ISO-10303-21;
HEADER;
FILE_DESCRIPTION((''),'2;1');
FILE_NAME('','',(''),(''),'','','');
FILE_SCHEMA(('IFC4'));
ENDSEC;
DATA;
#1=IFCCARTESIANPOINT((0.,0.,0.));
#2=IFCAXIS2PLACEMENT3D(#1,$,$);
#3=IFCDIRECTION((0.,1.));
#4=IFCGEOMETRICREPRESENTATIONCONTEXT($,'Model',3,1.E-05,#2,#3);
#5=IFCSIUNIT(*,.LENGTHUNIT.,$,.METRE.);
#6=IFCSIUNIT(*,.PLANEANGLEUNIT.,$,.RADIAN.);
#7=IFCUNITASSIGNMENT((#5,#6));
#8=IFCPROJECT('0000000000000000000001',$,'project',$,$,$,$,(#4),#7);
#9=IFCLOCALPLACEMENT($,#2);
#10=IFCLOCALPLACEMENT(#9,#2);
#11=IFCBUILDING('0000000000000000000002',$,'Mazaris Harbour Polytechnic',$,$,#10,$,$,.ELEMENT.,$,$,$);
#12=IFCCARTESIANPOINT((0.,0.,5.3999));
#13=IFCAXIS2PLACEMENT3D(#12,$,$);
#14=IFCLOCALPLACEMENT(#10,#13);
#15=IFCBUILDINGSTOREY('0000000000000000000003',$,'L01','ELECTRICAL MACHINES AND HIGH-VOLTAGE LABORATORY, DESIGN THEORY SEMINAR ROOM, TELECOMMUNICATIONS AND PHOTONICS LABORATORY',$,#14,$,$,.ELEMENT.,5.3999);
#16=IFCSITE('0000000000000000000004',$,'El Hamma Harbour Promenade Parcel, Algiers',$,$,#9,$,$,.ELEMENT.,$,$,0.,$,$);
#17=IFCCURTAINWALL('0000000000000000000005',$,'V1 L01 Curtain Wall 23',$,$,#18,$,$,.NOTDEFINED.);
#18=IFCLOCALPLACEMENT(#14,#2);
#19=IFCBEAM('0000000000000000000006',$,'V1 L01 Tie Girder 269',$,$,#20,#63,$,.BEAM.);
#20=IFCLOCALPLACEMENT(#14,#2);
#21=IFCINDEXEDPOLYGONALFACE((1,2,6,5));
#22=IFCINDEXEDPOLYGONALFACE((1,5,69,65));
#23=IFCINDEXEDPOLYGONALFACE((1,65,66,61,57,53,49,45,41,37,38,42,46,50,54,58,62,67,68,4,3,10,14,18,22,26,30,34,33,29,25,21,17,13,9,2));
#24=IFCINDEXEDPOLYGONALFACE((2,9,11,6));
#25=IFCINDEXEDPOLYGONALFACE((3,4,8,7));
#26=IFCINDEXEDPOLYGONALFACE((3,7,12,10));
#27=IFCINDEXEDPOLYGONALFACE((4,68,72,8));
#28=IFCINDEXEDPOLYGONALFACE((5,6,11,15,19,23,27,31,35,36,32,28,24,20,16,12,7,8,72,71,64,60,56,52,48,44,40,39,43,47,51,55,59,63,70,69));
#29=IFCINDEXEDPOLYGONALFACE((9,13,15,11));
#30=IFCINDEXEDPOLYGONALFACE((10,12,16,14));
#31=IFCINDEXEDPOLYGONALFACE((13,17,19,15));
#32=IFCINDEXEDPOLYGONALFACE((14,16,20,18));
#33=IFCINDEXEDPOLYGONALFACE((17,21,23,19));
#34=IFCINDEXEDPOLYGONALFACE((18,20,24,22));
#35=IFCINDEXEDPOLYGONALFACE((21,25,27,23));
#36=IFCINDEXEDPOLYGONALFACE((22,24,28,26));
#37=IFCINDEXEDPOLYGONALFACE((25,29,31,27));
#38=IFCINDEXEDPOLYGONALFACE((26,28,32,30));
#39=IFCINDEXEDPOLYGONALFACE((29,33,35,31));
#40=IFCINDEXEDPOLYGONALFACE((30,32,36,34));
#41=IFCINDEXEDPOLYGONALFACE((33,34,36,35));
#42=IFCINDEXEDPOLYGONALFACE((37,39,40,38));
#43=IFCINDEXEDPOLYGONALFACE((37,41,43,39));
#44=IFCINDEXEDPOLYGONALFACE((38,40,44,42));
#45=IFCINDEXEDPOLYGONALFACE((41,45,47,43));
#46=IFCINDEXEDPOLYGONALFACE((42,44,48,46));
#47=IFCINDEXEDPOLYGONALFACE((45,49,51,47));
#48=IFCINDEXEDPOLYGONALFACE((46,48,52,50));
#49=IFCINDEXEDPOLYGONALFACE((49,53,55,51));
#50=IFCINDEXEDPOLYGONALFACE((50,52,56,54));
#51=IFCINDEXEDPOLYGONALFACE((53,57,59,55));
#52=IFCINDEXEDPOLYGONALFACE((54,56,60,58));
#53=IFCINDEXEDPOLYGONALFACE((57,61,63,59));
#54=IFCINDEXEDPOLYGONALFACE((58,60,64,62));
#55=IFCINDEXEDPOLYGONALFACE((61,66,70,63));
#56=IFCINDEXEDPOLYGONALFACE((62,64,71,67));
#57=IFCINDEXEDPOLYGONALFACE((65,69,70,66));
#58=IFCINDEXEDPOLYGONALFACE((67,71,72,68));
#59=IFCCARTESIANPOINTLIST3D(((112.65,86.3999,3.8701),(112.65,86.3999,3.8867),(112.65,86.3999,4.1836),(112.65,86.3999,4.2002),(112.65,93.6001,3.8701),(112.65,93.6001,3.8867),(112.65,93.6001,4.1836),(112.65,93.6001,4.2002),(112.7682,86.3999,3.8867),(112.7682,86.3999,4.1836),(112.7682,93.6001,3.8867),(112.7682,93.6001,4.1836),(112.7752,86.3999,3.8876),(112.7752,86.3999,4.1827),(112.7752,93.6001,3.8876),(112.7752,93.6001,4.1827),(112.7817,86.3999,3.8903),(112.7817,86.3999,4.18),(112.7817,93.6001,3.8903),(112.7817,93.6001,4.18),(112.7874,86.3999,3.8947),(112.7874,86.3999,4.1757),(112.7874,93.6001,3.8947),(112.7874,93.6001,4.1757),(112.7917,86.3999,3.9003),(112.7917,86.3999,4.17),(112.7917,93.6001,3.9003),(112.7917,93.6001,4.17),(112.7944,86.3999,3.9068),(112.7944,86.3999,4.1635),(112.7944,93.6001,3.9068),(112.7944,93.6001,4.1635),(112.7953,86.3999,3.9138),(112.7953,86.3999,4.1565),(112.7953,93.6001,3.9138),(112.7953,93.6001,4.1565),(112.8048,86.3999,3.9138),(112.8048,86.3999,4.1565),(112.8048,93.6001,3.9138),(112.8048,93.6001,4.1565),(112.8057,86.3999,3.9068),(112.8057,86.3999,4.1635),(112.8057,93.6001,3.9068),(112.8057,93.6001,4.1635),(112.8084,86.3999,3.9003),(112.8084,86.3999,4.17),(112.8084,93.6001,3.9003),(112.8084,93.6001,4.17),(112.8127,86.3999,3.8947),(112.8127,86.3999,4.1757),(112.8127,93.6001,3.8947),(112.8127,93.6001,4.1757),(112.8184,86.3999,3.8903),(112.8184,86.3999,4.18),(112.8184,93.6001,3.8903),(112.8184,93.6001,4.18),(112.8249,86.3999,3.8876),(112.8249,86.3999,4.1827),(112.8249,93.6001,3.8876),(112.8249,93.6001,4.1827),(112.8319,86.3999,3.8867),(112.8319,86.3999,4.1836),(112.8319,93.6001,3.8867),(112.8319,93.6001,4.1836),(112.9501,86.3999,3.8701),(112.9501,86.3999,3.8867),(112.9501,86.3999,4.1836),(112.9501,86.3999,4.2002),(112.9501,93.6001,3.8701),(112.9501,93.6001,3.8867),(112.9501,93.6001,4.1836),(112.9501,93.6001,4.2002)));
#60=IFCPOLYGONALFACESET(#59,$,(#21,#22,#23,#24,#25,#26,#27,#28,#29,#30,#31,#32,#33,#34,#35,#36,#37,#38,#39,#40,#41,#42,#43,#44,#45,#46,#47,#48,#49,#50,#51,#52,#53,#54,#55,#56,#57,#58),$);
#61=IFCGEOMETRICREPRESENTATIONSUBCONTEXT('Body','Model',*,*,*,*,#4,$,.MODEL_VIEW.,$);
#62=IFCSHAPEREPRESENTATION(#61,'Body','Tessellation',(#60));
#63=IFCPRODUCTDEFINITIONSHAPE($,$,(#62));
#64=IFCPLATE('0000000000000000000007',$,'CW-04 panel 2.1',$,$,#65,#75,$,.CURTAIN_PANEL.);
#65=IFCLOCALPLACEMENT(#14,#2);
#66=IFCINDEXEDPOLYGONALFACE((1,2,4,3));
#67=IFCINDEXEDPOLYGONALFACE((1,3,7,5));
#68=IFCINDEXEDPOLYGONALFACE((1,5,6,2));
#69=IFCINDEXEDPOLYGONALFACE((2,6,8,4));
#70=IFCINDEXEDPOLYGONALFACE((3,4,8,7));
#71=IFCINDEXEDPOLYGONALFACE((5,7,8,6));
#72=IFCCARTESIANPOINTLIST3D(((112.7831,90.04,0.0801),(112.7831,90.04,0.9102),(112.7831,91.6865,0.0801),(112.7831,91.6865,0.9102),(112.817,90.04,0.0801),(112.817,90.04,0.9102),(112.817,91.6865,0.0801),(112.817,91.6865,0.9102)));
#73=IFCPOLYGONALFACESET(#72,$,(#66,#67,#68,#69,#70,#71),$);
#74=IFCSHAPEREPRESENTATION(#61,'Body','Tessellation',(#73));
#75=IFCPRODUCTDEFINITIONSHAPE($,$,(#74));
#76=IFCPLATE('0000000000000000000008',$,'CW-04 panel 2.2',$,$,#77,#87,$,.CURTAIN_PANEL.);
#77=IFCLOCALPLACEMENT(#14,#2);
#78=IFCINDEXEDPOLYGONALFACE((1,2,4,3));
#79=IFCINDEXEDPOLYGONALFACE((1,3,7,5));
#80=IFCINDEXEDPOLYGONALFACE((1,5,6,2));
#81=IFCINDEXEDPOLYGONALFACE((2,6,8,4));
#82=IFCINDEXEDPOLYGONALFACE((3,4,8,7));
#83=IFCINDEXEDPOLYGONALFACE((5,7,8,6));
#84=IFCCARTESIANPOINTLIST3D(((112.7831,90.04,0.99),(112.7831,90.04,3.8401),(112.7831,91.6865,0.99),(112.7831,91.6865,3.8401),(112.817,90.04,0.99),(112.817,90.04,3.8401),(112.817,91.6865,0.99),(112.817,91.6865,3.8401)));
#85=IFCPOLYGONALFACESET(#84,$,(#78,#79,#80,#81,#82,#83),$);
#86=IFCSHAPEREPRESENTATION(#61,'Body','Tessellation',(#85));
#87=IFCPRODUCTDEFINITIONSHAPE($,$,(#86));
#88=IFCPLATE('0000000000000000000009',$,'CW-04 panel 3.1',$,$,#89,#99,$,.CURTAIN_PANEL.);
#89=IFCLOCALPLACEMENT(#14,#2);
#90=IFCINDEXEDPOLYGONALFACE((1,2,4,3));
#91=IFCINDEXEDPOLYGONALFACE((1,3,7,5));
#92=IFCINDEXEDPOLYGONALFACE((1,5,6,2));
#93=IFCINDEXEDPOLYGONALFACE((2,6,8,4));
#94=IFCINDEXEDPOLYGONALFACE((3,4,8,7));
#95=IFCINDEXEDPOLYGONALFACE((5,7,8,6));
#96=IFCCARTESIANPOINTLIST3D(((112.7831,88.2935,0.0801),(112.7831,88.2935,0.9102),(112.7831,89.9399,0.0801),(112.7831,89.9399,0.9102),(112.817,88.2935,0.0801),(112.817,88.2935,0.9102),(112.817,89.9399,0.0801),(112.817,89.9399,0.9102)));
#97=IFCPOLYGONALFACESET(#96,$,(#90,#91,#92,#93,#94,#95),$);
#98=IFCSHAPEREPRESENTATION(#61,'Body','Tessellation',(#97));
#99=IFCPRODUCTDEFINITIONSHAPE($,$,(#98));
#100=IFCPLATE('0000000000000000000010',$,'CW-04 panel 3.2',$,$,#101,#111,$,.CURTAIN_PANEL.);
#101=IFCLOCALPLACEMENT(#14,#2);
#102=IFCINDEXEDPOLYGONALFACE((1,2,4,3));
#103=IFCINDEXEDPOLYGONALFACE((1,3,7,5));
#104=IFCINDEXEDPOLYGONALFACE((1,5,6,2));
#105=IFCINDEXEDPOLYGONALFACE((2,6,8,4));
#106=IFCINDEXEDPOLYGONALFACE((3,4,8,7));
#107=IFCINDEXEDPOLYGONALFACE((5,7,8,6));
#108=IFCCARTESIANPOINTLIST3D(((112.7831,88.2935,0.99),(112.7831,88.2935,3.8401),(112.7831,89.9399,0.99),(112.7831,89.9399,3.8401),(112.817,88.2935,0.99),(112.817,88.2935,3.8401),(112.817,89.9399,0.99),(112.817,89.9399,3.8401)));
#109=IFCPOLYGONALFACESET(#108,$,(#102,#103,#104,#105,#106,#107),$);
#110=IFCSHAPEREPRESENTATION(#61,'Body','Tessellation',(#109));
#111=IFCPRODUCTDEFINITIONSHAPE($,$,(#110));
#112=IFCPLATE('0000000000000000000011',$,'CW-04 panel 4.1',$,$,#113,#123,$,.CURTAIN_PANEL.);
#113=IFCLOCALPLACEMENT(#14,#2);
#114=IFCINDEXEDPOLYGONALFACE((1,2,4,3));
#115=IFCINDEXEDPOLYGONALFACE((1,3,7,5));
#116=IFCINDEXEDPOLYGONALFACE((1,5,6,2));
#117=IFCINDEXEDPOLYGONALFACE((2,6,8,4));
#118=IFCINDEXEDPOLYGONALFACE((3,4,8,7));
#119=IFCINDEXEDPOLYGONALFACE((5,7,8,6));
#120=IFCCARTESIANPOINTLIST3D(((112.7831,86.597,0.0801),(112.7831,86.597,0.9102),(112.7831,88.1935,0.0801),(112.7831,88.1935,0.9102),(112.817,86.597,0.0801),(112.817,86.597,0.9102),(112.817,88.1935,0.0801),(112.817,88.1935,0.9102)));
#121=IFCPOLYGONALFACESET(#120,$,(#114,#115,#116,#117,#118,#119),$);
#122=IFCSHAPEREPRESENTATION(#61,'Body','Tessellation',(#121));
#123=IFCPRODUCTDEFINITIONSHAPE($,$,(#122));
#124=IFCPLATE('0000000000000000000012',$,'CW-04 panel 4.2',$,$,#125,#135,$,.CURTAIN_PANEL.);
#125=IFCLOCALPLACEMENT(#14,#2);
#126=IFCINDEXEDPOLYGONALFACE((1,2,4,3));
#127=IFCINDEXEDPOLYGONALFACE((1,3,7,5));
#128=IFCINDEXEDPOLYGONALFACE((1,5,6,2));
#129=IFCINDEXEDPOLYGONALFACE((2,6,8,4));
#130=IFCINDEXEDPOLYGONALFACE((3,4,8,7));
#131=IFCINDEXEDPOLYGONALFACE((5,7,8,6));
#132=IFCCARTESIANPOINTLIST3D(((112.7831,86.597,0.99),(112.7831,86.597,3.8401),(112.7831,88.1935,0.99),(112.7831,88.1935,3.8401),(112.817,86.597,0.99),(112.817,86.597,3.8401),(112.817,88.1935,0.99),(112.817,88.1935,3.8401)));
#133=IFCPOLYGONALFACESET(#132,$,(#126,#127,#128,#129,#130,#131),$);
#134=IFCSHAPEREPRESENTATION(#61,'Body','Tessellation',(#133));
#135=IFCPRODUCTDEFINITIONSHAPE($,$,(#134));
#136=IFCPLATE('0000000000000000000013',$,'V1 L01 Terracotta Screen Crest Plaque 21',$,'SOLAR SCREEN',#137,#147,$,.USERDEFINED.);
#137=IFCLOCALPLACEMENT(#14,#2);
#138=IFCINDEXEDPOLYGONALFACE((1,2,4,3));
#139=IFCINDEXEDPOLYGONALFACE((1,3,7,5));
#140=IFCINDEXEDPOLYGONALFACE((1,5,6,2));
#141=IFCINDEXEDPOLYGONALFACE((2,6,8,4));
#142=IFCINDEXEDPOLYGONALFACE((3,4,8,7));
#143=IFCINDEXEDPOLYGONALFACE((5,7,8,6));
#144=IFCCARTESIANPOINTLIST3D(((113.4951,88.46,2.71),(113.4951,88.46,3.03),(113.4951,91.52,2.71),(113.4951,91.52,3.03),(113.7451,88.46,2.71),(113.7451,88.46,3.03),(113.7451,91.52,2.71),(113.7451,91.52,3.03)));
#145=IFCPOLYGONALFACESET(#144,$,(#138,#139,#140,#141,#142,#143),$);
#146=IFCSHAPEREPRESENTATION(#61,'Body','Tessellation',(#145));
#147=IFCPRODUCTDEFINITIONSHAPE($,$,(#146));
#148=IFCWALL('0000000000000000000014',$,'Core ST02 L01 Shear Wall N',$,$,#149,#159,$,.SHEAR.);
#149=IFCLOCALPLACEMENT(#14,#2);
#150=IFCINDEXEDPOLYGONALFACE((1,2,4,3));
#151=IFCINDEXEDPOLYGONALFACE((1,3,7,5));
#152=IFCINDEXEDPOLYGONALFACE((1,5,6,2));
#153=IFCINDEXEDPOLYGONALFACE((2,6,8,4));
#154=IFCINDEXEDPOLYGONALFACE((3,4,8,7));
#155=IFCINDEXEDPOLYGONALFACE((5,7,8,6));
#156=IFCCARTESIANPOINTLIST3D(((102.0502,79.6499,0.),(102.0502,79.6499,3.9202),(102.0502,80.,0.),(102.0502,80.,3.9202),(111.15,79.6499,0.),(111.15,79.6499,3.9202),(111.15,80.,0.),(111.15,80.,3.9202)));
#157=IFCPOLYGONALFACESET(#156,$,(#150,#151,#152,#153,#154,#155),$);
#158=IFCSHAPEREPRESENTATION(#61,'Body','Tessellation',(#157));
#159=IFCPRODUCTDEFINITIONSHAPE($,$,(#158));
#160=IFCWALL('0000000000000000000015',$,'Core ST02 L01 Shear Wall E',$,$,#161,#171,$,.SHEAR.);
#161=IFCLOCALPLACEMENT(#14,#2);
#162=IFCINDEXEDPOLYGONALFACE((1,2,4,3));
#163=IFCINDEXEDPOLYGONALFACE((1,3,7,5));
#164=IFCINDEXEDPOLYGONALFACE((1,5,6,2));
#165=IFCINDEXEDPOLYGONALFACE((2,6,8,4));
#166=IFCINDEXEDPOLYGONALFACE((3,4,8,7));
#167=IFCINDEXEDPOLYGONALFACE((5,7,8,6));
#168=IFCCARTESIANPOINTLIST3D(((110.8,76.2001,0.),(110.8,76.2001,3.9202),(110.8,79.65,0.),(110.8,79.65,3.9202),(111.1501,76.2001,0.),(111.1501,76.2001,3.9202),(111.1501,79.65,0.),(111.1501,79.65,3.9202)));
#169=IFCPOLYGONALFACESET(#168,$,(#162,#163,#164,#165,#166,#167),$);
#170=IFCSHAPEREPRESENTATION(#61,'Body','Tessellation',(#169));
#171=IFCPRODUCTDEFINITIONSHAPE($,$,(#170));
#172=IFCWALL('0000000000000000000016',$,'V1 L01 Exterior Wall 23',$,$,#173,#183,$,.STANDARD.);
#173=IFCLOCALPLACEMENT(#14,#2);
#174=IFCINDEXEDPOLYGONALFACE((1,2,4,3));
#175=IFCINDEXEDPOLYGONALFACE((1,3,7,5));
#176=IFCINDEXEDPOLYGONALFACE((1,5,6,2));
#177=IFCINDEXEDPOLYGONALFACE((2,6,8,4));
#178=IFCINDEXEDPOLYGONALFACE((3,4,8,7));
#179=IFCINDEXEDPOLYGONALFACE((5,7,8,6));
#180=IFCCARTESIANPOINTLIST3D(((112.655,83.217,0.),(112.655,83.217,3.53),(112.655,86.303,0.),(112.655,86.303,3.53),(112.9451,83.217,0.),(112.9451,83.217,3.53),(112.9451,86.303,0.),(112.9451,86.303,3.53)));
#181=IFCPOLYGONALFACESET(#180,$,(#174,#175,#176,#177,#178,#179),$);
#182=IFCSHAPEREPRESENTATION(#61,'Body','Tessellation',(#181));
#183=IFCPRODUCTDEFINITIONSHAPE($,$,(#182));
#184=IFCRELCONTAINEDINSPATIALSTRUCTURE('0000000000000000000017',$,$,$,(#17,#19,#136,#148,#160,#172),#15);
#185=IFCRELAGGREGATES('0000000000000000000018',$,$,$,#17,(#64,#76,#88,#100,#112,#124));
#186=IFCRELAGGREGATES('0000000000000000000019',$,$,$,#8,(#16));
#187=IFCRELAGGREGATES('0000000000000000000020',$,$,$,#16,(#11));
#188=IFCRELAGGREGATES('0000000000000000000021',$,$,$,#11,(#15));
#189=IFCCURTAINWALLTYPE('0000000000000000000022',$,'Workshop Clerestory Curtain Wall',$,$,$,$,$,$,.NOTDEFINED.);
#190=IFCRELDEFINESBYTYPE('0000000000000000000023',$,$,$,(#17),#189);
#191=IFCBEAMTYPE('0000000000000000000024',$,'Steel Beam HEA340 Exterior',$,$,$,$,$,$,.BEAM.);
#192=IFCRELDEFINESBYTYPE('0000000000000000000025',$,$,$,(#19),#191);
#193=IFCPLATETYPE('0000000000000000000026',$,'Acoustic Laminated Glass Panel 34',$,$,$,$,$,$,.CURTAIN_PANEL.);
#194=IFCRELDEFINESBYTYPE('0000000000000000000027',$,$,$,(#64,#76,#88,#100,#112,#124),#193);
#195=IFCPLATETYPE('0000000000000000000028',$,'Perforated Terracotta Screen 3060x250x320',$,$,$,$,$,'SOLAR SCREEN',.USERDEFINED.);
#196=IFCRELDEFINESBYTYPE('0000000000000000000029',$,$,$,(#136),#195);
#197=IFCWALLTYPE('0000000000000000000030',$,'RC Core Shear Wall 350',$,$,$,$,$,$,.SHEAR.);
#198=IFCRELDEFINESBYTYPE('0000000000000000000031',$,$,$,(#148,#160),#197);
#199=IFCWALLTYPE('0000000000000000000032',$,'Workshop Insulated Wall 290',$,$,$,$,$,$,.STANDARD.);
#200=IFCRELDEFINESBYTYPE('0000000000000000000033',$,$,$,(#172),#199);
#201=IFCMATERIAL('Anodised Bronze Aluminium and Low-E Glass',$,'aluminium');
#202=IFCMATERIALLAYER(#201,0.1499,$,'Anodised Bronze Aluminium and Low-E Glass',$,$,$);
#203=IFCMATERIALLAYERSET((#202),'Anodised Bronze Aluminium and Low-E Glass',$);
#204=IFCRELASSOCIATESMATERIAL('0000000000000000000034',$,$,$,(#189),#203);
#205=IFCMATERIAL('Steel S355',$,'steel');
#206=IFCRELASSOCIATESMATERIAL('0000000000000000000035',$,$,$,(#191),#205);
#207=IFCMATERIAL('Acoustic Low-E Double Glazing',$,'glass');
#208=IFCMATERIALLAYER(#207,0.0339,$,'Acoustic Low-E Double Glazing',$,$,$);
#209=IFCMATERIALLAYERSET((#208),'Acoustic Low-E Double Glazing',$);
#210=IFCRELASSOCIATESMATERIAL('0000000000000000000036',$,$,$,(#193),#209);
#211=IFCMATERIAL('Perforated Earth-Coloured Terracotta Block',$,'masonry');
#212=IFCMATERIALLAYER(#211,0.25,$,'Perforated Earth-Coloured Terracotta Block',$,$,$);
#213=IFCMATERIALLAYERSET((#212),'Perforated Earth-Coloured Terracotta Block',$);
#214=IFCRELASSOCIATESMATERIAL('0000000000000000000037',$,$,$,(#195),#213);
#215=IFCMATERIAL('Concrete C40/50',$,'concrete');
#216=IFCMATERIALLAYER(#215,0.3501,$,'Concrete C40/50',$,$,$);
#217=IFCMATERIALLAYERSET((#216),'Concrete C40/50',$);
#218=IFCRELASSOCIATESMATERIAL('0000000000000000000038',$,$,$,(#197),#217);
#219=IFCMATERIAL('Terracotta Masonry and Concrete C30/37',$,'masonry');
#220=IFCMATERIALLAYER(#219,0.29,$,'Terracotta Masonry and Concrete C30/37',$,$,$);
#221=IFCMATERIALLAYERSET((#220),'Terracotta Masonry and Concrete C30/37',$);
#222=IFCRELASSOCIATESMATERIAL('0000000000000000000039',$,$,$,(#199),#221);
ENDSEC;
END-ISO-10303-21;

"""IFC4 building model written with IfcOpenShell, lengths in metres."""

from ifc_helpers import new_model, si_unit, direction, frame, frame_2d, origin, origin_2d, place, context, subcontext, project, spatial, rectangle, i_section, extrude, material, layer, layer_set, material_profile, profile_set, type_object, element, aggregate, save


model = new_model("IFC4")

# Units and contexts
model_context = context("Model", 3, precision=1e-05, world=origin(), true_north=direction((0.0, 1.0)))
body_context = subcontext(model_context, "Body", "Model", "MODEL_VIEW")
ifc_project = project(units=[si_unit("LENGTHUNIT", "METRE"), si_unit("PLANEANGLEUNIT", "RADIAN")], contexts=[model_context])

# Site, building, storey
site_placement = place(None, origin())
site = spatial("IfcSite", under=ifc_project, at=site_placement, Name="El Hamma Harbour Promenade Parcel, Algiers", CompositionType="ELEMENT", RefElevation=0.0)
building_placement = place(site_placement, origin())
building = spatial("IfcBuilding", under=site, at=building_placement, Name="Mazaris Harbour Polytechnic", CompositionType="ELEMENT")
storey_placement = place(building_placement, frame((0.0, 0.0, 5.3999)))
storey = spatial("IfcBuildingStorey", under=building, at=storey_placement, Name="L01", Description="ELECTRICAL MACHINES AND HIGH-VOLTAGE LABORATORY, DESIGN THEORY SEMINAR ROOM, TELECOMMUNICATIONS AND PHOTONICS LABORATORY", CompositionType="ELEMENT", Elevation=5.3999)

# Curtain wall
ifc_material_1 = material(Name="Anodised Bronze Aluminium and Low-E Glass", Category="aluminium")
ifc_layer_1 = layer(ifc_material_1, 0.1499, Name="Anodised Bronze Aluminium and Low-E Glass")
ifc_layer_set_1 = layer_set([ifc_layer_1], Name="Anodised Bronze Aluminium and Low-E Glass")
curtain_wall_type_1 = type_object("IfcCurtainWallType", Name="Workshop Clerestory Curtain Wall", PredefinedType="NOTDEFINED", material=ifc_layer_set_1)
curtain_wall_1_placement = place(storey_placement, origin())
curtain_wall_1 = element("IfcCurtainWall", 1, at=curtain_wall_1_placement, inside=storey, type_object=curtain_wall_type_1, Name="V1 L01 Curtain Wall 23", PredefinedType="NOTDEFINED")

# Beam
ifc_material_2 = material(Name="Steel S355", Category="steel")
ifc_material_profile_1 = material_profile(ifc_material_2, i_section(OverallWidth=0.3, OverallDepth=0.3301, WebThickness=0.0095, FlangeThickness=0.0166, FilletRadius=0.0271, at=origin_2d()), Name="HEA 340")
ifc_profile_set_1 = profile_set([ifc_material_profile_1], Name="Steel S355")
beam_type_1 = type_object("IfcBeamType", Name="Steel Beam HEA340 Exterior", PredefinedType="BEAM", material=ifc_profile_set_1)
beam_1_placement = place(storey_placement, frame((112.8, 86.3999, 4.0352), z_axis=(0.0, 1.0, 0.0), x_axis=(-1.0, 0.0, 0.0)))
element("IfcBeam", 2, at=beam_1_placement, inside=storey, type_object=beam_type_1, Name="V1 L01 Tie Girder 269", PredefinedType="BEAM", context=body_context, shape_type="SweptSolid", body=[
    extrude(i_section(OverallWidth=0.3, OverallDepth=0.3301, WebThickness=0.0095, FlangeThickness=0.0166, FilletRadius=0.0271, at=origin_2d()), origin(), (0.0, 0.0, 1.0), 7.2002),
])

# Plates
ifc_material_3 = material(Name="Acoustic Low-E Double Glazing", Category="glass")
ifc_layer_2 = layer(ifc_material_3, 0.0339, Name="Acoustic Low-E Double Glazing")
ifc_layer_set_2 = layer_set([ifc_layer_2], Name="Acoustic Low-E Double Glazing")
plate_type_1 = type_object("IfcPlateType", Name="Acoustic Laminated Glass Panel 34", PredefinedType="CURTAIN_PANEL", material=ifc_layer_set_2)
plate_1_placement = place(storey_placement, frame((112.8, 90.8633, 0.0801), z_axis=(0.0, 0.0, 1.0), x_axis=(0.0, -1.0, 0.0)))
plate_1 = element("IfcPlate", 3, at=plate_1_placement, type_object=plate_type_1, Name="CW-04 panel 2.1", PredefinedType="CURTAIN_PANEL", context=body_context, shape_type="SweptSolid", body=[
    extrude(rectangle(XDim=1.6465, YDim=0.0339, at=origin_2d()), origin(), (0.0, 0.0, 1.0), 0.8301),
])
plate_2_placement = place(storey_placement, frame((112.8, 90.8633, 0.99), z_axis=(0.0, 0.0, 1.0), x_axis=(0.0, -1.0, 0.0)))
plate_2 = element("IfcPlate", 4, at=plate_2_placement, type_object=plate_type_1, Name="CW-04 panel 2.2", PredefinedType="CURTAIN_PANEL", context=body_context, shape_type="SweptSolid", body=[
    extrude(rectangle(XDim=1.6465, YDim=0.0339, at=origin_2d()), origin(), (0.0, 0.0, 1.0), 2.8501),
])
plate_3_placement = place(storey_placement, frame((112.8, 89.1167, 0.0801), z_axis=(0.0, 0.0, 1.0), x_axis=(0.0, -1.0, 0.0)))
plate_3 = element("IfcPlate", 5, at=plate_3_placement, type_object=plate_type_1, Name="CW-04 panel 3.1", PredefinedType="CURTAIN_PANEL", context=body_context, shape_type="SweptSolid", body=[
    extrude(rectangle(XDim=1.6465, YDim=0.0339, at=origin_2d()), origin(), (0.0, 0.0, 1.0), 0.8301),
])
plate_4_placement = place(storey_placement, frame((112.8, 89.1167, 0.99), z_axis=(0.0, 0.0, 1.0), x_axis=(0.0, -1.0, 0.0)))
plate_4 = element("IfcPlate", 6, at=plate_4_placement, type_object=plate_type_1, Name="CW-04 panel 3.2", PredefinedType="CURTAIN_PANEL", context=body_context, shape_type="SweptSolid", body=[
    extrude(rectangle(XDim=1.6465, YDim=0.0339, at=origin_2d()), origin(), (0.0, 0.0, 1.0), 2.8501),
])
plate_5_placement = place(storey_placement, frame((112.8, 87.3953, 0.0801), z_axis=(0.0, 0.0, 1.0), x_axis=(0.0, -1.0, 0.0)))
plate_5 = element("IfcPlate", 7, at=plate_5_placement, type_object=plate_type_1, Name="CW-04 panel 4.1", PredefinedType="CURTAIN_PANEL", context=body_context, shape_type="SweptSolid", body=[
    extrude(rectangle(XDim=1.5964, YDim=0.0339, at=origin_2d()), origin(), (0.0, 0.0, 1.0), 0.8301),
])
plate_6_placement = place(storey_placement, frame((112.8, 87.3953, 0.99), z_axis=(0.0, 0.0, 1.0), x_axis=(0.0, -1.0, 0.0)))
plate_6 = element("IfcPlate", 8, at=plate_6_placement, type_object=plate_type_1, Name="CW-04 panel 4.2", PredefinedType="CURTAIN_PANEL", context=body_context, shape_type="SweptSolid", body=[
    extrude(rectangle(XDim=1.5964, YDim=0.0339, at=origin_2d()), origin(), (0.0, 0.0, 1.0), 2.8501),
])
aggregate(curtain_wall_1, [plate_1, plate_2, plate_3, plate_4, plate_5, plate_6])
ifc_material_4 = material(Name="Perforated Earth-Coloured Terracotta Block", Category="masonry")
ifc_layer_3 = layer(ifc_material_4, 0.25, Name="Perforated Earth-Coloured Terracotta Block")
ifc_layer_set_3 = layer_set([ifc_layer_3], Name="Perforated Earth-Coloured Terracotta Block")
plate_type_2 = type_object("IfcPlateType", Name="Perforated Terracotta Screen 3060x250x320", ElementType="SOLAR SCREEN", PredefinedType="USERDEFINED", material=ifc_layer_set_3)
plate_7_placement = place(storey_placement, frame((113.6201, 89.99, 2.71), z_axis=(0.0, 0.0, 1.0), x_axis=(0.0, -1.0, 0.0)))
element("IfcPlate", 9, at=plate_7_placement, inside=storey, type_object=plate_type_2, Name="V1 L01 Terracotta Screen Crest Plaque 21", ObjectType="SOLAR SCREEN", PredefinedType="USERDEFINED", context=body_context, shape_type="SweptSolid", body=[
    extrude(rectangle(XDim=3.0601, YDim=0.25, at=origin_2d()), origin(), (0.0, 0.0, 1.0), 0.3201),
])

# Walls
ifc_material_5 = material(Name="Concrete C40/50", Category="concrete")
ifc_layer_4 = layer(ifc_material_5, 0.3501, Name="Concrete C40/50")
ifc_layer_set_4 = layer_set([ifc_layer_4], Name="Concrete C40/50")
wall_type_1 = type_object("IfcWallType", Name="RC Core Shear Wall 350", PredefinedType="SHEAR", material=ifc_layer_set_4)
wall_1_placement = place(storey_placement, frame((111.1499, 79.825, 0.0), z_axis=(0.0, 0.0, 1.0), x_axis=(-1.0, 0.0, 0.0)))
element("IfcWall", 10, at=wall_1_placement, inside=storey, type_object=wall_type_1, Name="Core ST02 L01 Shear Wall N", PredefinedType="SHEAR", context=body_context, shape_type="SweptSolid", body=[
    extrude(rectangle(XDim=9.0999, YDim=0.3501, at=frame_2d((4.5498, 0.0))), origin(), (0.0, 0.0, 1.0), 3.9202),
])
wall_2_placement = place(storey_placement, frame((110.9751, 76.2, 0.0), z_axis=(0.0, 0.0, 1.0), x_axis=(0.0, 1.0, 0.0)))
element("IfcWall", 11, at=wall_2_placement, inside=storey, type_object=wall_type_1, Name="Core ST02 L01 Shear Wall E", PredefinedType="SHEAR", context=body_context, shape_type="SweptSolid", body=[
    extrude(rectangle(XDim=3.45, YDim=0.3501, at=frame_2d((1.7251, 0.0))), origin(), (0.0, 0.0, 1.0), 3.9202),
])
ifc_material_6 = material(Name="Terracotta Masonry and Concrete C30/37", Category="masonry")
ifc_layer_5 = layer(ifc_material_6, 0.29, Name="Terracotta Masonry and Concrete C30/37")
ifc_layer_set_5 = layer_set([ifc_layer_5], Name="Terracotta Masonry and Concrete C30/37")
wall_type_2 = type_object("IfcWallType", Name="Workshop Insulated Wall 290", PredefinedType="STANDARD", material=ifc_layer_set_5)
wall_3_placement = place(storey_placement, frame((112.8, 86.303, 0.0), z_axis=(0.0, 0.0, 1.0), x_axis=(0.0, -1.0, 0.0)))
element("IfcWall", 12, at=wall_3_placement, inside=storey, type_object=wall_type_2, Name="V1 L01 Exterior Wall 23", PredefinedType="STANDARD", context=body_context, shape_type="SweptSolid", body=[
    extrude(rectangle(XDim=3.0859, YDim=0.29, at=frame_2d((1.543, 0.0))), origin(), (0.0, 0.0, 1.0), 3.53),
])

save(model, "model.ifc")
